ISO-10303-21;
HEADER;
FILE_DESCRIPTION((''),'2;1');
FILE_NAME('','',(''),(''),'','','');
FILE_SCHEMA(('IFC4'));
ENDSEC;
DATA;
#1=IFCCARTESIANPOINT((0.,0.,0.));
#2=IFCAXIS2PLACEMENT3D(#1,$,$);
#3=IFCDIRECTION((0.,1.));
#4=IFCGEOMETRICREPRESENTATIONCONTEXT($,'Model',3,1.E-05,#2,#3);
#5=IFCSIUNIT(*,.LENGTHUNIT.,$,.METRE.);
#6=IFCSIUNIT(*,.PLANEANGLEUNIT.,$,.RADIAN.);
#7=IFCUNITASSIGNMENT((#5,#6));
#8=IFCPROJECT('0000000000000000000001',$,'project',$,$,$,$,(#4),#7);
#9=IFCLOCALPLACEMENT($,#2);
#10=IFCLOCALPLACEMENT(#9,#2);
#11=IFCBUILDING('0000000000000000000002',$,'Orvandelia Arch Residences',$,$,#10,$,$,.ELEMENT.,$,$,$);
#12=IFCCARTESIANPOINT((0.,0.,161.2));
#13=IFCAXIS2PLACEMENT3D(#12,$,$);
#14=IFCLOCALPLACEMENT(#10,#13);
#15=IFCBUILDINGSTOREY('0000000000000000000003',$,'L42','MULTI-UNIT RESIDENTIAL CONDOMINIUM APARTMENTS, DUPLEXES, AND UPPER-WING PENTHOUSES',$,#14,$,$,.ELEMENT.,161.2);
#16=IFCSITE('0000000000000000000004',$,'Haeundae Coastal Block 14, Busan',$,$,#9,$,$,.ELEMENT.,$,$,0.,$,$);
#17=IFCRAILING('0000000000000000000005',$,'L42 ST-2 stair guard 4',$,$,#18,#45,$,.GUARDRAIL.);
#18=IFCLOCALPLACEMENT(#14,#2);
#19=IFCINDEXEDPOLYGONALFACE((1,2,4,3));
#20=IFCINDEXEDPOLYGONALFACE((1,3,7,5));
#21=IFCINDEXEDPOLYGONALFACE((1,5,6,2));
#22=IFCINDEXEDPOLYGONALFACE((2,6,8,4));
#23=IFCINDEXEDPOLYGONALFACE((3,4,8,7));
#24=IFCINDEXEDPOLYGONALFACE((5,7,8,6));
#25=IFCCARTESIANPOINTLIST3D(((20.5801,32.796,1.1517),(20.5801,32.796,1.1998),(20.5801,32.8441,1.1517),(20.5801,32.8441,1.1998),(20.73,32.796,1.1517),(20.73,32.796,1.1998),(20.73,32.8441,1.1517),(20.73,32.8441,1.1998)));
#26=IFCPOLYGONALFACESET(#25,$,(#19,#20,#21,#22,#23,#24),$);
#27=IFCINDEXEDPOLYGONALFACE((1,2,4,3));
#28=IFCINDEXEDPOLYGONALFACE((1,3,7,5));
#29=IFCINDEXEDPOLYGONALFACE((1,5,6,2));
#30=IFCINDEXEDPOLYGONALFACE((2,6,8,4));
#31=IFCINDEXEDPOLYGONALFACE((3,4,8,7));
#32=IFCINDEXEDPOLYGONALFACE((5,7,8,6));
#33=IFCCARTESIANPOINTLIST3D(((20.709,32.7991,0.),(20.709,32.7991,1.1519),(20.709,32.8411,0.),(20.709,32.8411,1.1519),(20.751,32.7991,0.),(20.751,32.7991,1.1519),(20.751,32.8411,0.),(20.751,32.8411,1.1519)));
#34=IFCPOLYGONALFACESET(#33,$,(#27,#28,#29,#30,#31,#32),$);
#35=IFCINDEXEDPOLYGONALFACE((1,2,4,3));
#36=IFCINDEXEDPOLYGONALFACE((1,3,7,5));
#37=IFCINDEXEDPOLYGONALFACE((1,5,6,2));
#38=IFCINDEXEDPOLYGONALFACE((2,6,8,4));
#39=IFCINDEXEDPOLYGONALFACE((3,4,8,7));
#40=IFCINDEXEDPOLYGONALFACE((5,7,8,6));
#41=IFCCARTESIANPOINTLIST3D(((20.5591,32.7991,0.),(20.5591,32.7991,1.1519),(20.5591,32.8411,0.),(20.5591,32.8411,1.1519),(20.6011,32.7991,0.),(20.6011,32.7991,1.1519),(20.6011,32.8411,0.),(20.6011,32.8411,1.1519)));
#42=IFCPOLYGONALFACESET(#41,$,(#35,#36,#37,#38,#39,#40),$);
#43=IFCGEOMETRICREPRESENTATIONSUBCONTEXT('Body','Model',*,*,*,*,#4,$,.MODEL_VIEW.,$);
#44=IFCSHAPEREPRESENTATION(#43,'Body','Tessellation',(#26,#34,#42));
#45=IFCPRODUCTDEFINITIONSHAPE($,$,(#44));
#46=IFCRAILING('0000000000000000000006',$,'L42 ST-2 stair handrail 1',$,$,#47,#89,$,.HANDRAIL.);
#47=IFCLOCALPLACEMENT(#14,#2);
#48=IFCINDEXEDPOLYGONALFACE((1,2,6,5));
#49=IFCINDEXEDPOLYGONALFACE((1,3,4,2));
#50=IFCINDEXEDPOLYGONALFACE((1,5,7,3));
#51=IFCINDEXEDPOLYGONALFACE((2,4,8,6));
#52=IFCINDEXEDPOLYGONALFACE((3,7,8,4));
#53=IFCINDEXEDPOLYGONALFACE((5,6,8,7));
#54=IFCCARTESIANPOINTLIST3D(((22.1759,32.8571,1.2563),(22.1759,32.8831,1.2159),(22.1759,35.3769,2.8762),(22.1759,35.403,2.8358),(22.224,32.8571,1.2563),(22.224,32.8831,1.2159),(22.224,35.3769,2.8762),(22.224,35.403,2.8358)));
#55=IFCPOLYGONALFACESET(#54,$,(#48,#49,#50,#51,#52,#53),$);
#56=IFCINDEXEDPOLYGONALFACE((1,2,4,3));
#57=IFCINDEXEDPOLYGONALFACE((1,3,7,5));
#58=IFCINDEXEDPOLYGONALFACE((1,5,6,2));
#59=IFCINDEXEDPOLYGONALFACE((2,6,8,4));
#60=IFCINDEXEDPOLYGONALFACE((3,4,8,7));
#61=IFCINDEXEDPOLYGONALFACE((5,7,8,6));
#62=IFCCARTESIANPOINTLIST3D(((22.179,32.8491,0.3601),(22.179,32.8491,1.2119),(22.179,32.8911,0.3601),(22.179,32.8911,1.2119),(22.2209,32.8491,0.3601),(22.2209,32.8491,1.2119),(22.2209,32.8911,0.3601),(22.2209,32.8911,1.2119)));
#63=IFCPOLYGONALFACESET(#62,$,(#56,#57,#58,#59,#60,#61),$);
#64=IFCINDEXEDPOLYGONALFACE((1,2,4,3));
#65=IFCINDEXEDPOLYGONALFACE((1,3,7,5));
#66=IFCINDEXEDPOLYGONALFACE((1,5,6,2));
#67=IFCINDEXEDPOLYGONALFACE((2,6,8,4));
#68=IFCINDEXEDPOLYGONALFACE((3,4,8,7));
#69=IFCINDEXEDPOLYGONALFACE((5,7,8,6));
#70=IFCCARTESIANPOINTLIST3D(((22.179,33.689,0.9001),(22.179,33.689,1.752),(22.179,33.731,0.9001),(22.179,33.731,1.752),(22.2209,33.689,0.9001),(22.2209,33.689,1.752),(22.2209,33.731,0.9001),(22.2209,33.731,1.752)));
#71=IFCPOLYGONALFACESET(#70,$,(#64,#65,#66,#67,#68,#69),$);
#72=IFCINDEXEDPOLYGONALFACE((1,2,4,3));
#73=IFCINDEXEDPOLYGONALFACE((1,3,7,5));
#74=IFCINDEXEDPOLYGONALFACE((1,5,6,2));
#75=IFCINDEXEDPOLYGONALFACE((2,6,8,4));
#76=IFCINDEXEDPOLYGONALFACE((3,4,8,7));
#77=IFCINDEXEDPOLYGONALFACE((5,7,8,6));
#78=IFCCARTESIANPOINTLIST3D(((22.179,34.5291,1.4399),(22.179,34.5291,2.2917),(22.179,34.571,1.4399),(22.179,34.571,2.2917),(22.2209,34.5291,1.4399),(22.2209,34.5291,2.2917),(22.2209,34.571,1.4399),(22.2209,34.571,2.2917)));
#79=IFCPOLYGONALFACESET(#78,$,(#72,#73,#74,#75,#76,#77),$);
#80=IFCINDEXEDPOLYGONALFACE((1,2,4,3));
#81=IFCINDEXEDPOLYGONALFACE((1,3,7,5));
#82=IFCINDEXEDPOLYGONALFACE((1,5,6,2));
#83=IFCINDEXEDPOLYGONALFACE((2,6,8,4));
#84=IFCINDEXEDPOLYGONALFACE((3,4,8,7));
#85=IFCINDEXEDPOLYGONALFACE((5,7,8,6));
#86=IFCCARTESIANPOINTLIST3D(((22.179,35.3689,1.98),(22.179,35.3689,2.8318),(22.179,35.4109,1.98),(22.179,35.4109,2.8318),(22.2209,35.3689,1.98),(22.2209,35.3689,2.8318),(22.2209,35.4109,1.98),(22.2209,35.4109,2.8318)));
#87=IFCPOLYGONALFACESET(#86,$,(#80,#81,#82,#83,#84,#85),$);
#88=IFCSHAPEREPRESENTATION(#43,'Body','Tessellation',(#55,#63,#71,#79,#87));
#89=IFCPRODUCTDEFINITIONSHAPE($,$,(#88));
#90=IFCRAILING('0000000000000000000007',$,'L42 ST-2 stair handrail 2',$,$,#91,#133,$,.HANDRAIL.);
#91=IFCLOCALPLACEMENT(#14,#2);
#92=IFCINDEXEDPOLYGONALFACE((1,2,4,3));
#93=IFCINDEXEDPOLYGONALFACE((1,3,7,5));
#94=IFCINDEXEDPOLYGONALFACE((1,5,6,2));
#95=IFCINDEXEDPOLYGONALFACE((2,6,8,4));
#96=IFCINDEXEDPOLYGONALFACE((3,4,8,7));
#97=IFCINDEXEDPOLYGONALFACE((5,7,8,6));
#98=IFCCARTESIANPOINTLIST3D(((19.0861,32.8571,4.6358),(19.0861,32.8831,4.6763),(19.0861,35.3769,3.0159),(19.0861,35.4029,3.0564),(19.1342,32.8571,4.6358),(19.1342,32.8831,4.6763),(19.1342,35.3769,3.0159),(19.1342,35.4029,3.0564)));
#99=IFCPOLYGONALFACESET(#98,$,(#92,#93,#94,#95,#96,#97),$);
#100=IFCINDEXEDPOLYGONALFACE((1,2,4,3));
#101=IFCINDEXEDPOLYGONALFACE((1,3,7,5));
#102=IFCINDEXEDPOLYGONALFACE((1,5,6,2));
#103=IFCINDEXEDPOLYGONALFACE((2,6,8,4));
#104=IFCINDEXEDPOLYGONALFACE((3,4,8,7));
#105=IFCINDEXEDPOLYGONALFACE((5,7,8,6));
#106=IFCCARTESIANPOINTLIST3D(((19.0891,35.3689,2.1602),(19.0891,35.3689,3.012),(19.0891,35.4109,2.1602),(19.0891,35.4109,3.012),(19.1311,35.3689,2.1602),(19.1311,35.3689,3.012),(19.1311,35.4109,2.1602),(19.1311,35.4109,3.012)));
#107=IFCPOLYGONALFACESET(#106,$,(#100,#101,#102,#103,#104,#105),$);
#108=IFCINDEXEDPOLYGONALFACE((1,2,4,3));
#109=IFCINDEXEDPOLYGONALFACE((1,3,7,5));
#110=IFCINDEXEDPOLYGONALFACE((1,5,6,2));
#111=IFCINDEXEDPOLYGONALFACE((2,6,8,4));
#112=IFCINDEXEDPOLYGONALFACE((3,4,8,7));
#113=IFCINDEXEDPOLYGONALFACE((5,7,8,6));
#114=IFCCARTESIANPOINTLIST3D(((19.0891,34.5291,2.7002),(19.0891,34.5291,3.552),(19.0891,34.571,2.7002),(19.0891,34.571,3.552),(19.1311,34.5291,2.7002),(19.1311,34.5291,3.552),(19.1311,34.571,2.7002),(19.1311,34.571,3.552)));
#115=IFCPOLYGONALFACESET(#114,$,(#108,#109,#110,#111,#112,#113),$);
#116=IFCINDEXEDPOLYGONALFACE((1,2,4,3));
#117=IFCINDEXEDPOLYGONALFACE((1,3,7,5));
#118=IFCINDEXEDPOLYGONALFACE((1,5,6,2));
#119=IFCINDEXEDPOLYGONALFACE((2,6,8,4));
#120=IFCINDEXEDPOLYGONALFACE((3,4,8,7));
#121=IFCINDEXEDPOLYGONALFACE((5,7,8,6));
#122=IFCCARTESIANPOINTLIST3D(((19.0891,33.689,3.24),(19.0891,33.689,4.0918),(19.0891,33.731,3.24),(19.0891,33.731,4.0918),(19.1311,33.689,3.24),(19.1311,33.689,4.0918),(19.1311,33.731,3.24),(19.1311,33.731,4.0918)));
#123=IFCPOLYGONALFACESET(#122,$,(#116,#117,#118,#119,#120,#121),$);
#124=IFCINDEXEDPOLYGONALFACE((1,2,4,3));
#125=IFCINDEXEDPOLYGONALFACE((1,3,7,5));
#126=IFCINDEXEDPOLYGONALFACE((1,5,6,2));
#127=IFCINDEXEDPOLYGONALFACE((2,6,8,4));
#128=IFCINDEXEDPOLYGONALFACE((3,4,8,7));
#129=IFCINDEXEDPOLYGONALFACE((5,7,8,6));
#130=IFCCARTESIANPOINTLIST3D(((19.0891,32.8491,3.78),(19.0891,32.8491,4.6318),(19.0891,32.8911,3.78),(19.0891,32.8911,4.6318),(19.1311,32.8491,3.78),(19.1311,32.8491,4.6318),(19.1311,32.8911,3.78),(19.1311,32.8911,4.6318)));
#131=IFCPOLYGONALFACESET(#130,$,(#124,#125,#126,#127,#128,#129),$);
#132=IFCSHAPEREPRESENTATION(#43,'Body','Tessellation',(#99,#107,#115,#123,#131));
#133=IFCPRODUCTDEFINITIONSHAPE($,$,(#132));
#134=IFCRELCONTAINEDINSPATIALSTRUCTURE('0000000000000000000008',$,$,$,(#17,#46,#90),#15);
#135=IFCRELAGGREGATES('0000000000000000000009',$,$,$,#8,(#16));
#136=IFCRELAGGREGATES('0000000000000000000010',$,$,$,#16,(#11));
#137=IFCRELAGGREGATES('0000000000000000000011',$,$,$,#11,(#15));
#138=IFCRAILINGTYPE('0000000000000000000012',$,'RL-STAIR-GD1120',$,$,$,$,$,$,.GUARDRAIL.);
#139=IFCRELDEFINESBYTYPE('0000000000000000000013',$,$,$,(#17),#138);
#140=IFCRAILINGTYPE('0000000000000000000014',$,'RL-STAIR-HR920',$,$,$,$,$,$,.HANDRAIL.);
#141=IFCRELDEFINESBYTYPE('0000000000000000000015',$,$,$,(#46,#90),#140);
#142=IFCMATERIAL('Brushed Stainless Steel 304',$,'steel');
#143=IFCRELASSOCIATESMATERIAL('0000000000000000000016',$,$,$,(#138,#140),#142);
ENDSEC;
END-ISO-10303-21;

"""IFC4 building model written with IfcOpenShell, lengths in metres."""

from ifc_helpers import new_model, si_unit, direction, frame, origin, origin_2d, place, context, subcontext, project, spatial, rectangle, extrude, material, type_object, element, save


model = new_model("IFC4")

# Units and contexts
model_context = context("Model", 3, precision=1e-05, world=origin(), true_north=direction((0.0, 1.0)))
body_context = subcontext(model_context, "Body", "Model", "MODEL_VIEW")
ifc_project = project(units=[si_unit("LENGTHUNIT", "METRE"), si_unit("PLANEANGLEUNIT", "RADIAN")], contexts=[model_context])

# Site, building, storey
site_placement = place(None, origin())
site = spatial("IfcSite", under=ifc_project, at=site_placement, Name="Haeundae Coastal Block 14, Busan", CompositionType="ELEMENT", RefElevation=0.0)
building_placement = place(site_placement, origin())
building = spatial("IfcBuilding", under=site, at=building_placement, Name="Orvandelia Arch Residences", CompositionType="ELEMENT")
storey_placement = place(building_placement, frame((0.0, 0.0, 161.2)))
storey = spatial("IfcBuildingStorey", under=building, at=storey_placement, Name="L42", Description="MULTI-UNIT RESIDENTIAL CONDOMINIUM APARTMENTS, DUPLEXES, AND UPPER-WING PENTHOUSES", CompositionType="ELEMENT", Elevation=161.2)

# Railings
ifc_material_1 = material(Name="Brushed Stainless Steel 304", Category="steel")
railing_type_1 = type_object("IfcRailingType", Name="RL-STAIR-GD1120", PredefinedType="GUARDRAIL", material=ifc_material_1)
railing_1_placement = place(storey_placement, frame((20.73, 32.8201, 0.0)))
element("IfcRailing", 1, at=railing_1_placement, inside=storey, type_object=railing_type_1, Name="L42 ST-2 stair guard 4", PredefinedType="GUARDRAIL", context=body_context, shape_type="SweptSolid", body=[
    extrude(rectangle(XDim=0.0481, YDim=0.0481, at=origin_2d()), frame((0.0, 0.0, 1.1758), z_axis=(-1.0, 0.0, 0.0), x_axis=(0.0, -1.0, 0.0)), (0.0, 0.0, 1.0), 0.1499),
    extrude(rectangle(XDim=0.042, YDim=0.042, at=origin_2d()), origin(), (0.0, 0.0, 1.0), 1.1519),
    extrude(rectangle(XDim=0.042, YDim=0.042, at=origin_2d()), frame((-0.1499, 0.0, 0.0)), (0.0, 0.0, 1.0), 1.1519),
])
railing_type_2 = type_object("IfcRailingType", Name="RL-STAIR-HR920", PredefinedType="HANDRAIL", material=ifc_material_1)
railing_2_placement = place(storey_placement, frame((22.2, 32.8701, 0.3601)))
element("IfcRailing", 2, at=railing_2_placement, inside=storey, type_object=railing_type_2, Name="L42 ST-2 stair handrail 1", PredefinedType="HANDRAIL", context=body_context, shape_type="SweptSolid", body=[
    extrude(rectangle(XDim=0.0481, YDim=0.0481, at=origin_2d()), frame((0.0, 0.0, 0.876), z_axis=(0.0, 0.841176, 0.540762), x_axis=(-1.0, 0.0, 0.0)), (0.0, 0.0, 1.0), 2.9956),
    extrude(rectangle(XDim=0.042, YDim=0.042, at=origin_2d()), origin(), (0.0, 0.0, 1.0), 0.8518),
    extrude(rectangle(XDim=0.042, YDim=0.042, at=origin_2d()), frame((0.0, 0.8398, 0.54)), (0.0, 0.0, 1.0), 0.8518),
    extrude(rectangle(XDim=0.042, YDim=0.042, at=origin_2d()), frame((0.0, 1.6799, 1.0798)), (0.0, 0.0, 1.0), 0.8518),
    extrude(rectangle(XDim=0.042, YDim=0.042, at=origin_2d()), frame((0.0, 2.5198, 1.6199)), (0.0, 0.0, 1.0), 0.8518),
])
railing_3_placement = place(storey_placement, frame((19.1101, 35.3899, 2.1602)))
element("IfcRailing", 3, at=railing_3_placement, inside=storey, type_object=railing_type_2, Name="L42 ST-2 stair handrail 2", PredefinedType="HANDRAIL", context=body_context, shape_type="SweptSolid", body=[
    extrude(rectangle(XDim=0.0481, YDim=0.0481, at=origin_2d()), frame((0.0, 0.0, 0.876), z_axis=(0.0, -0.841176, 0.540762), x_axis=(1.0, 0.0, 0.0)), (0.0, 0.0, 1.0), 2.9956),
    extrude(rectangle(XDim=0.042, YDim=0.042, at=origin_2d()), origin(), (0.0, 0.0, 1.0), 0.8518),
    extrude(rectangle(XDim=0.042, YDim=0.042, at=origin_2d()), frame((0.0, -0.8398, 0.54)), (0.0, 0.0, 1.0), 0.8518),
    extrude(rectangle(XDim=0.042, YDim=0.042, at=origin_2d()), frame((0.0, -1.6799, 1.0798)), (0.0, 0.0, 1.0), 0.8518),
    extrude(rectangle(XDim=0.042, YDim=0.042, at=origin_2d()), frame((0.0, -2.5198, 1.6199)), (0.0, 0.0, 1.0), 0.8518),
])

save(model, "model.ifc")
